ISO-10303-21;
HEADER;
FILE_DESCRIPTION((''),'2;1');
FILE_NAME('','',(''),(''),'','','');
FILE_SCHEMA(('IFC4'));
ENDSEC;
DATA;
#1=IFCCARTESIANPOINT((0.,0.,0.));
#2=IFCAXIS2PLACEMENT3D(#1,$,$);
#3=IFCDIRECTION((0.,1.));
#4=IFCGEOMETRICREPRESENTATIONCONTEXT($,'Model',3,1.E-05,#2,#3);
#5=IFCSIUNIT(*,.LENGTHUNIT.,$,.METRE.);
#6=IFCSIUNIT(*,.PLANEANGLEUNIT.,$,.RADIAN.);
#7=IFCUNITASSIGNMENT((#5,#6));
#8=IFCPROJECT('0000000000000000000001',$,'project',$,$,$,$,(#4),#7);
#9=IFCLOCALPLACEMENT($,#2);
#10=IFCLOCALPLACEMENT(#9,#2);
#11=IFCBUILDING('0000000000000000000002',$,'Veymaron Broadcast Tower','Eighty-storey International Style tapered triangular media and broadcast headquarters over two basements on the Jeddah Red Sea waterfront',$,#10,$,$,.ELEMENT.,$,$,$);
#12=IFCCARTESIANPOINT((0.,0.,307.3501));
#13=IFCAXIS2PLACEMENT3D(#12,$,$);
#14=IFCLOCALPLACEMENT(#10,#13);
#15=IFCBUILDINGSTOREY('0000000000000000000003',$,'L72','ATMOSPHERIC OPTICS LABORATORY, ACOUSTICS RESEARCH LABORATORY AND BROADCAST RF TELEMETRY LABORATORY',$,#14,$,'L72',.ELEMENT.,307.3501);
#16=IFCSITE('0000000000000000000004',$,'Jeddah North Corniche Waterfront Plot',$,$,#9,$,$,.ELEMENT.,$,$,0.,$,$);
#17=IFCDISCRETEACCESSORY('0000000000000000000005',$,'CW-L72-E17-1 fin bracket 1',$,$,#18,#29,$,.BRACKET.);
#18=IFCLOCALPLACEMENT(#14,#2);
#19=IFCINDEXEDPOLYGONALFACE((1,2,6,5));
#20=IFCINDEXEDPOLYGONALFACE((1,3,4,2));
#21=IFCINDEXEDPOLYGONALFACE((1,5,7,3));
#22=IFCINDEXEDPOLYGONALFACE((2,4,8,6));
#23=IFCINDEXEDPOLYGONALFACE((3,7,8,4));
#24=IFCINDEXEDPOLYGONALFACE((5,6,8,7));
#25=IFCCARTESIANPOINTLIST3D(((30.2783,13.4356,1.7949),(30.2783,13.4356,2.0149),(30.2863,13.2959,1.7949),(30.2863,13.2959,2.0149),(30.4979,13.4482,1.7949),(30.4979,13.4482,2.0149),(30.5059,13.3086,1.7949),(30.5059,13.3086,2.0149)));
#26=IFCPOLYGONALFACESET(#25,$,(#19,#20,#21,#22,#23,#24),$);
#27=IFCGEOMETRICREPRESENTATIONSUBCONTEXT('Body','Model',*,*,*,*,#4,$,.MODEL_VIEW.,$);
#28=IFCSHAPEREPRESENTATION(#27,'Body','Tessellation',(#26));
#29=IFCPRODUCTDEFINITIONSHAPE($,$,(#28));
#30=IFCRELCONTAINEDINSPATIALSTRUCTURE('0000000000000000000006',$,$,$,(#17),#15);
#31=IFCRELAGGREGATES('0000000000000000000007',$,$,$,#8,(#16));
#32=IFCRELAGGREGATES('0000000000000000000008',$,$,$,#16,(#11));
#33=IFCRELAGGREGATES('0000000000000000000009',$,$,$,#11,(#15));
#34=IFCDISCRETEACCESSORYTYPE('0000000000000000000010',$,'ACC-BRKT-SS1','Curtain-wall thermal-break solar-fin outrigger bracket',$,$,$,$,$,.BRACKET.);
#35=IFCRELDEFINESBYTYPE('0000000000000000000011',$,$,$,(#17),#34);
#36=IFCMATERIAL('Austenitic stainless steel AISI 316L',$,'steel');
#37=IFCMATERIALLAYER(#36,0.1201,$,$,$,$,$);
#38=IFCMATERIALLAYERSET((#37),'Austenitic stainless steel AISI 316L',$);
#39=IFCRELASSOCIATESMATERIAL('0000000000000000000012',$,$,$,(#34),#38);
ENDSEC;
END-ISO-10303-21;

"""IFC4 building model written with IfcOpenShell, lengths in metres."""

from ifc_helpers import new_model, si_unit, direction, frame, origin, origin_2d, place, context, subcontext, project, spatial, rectangle, extrude, material, layer, layer_set, type_object, element, save


model = new_model("IFC4")

# Units and contexts
model_context = context("Model", 3, precision=1e-05, world=origin(), true_north=direction((0.0, 1.0)))
body_context = subcontext(model_context, "Body", "Model", "MODEL_VIEW")
ifc_project = project(units=[si_unit("LENGTHUNIT", "METRE"), si_unit("PLANEANGLEUNIT", "RADIAN")], contexts=[model_context])

# Site, building, storey
site_placement = place(None, origin())
site = spatial("IfcSite", under=ifc_project, at=site_placement, Name="Jeddah North Corniche Waterfront Plot", CompositionType="ELEMENT", RefElevation=0.0)
building_placement = place(site_placement, origin())
building = spatial("IfcBuilding", under=site, at=building_placement, Name="Veymaron Broadcast Tower", Description="Eighty-storey International Style tapered triangular media and broadcast headquarters over two basements on the Jeddah Red Sea waterfront", CompositionType="ELEMENT")
storey_placement = place(building_placement, frame((0.0, 0.0, 307.3501)))
storey = spatial("IfcBuildingStorey", under=building, at=storey_placement, Name="L72", Description="ATMOSPHERIC OPTICS LABORATORY, ACOUSTICS RESEARCH LABORATORY AND BROADCAST RF TELEMETRY LABORATORY", LongName="L72", CompositionType="ELEMENT", Elevation=307.3501)

# Discrete accessory
ifc_material_1 = material(Name="Austenitic stainless steel AISI 316L", Category="steel")
ifc_layer_1 = layer(ifc_material_1, 0.1201)
ifc_layer_set_1 = layer_set([ifc_layer_1], Name="Austenitic stainless steel AISI 316L")
discrete_accessory_type = type_object("IfcDiscreteAccessoryType", Name="ACC-BRKT-SS1", Description="Curtain-wall thermal-break solar-fin outrigger bracket", PredefinedType="BRACKET", material=ifc_layer_set_1)
discrete_accessory_placement = place(storey_placement, frame((30.3921, 13.3721, 1.7949), z_axis=(0.0, 0.0, 1.0), x_axis=(-0.998333, -0.057721, 0.0)))
element("IfcDiscreteAccessory", 1, at=discrete_accessory_placement, inside=storey, type_object=discrete_accessory_type, Name="CW-L72-E17-1 fin bracket 1", PredefinedType="BRACKET", context=body_context, shape_type="SweptSolid", body=[
    extrude(rectangle(XDim=0.22, YDim=0.1399, at=origin_2d()), origin(), (0.0, 0.0, 1.0), 0.22),
])

save(model, "model.ifc")
